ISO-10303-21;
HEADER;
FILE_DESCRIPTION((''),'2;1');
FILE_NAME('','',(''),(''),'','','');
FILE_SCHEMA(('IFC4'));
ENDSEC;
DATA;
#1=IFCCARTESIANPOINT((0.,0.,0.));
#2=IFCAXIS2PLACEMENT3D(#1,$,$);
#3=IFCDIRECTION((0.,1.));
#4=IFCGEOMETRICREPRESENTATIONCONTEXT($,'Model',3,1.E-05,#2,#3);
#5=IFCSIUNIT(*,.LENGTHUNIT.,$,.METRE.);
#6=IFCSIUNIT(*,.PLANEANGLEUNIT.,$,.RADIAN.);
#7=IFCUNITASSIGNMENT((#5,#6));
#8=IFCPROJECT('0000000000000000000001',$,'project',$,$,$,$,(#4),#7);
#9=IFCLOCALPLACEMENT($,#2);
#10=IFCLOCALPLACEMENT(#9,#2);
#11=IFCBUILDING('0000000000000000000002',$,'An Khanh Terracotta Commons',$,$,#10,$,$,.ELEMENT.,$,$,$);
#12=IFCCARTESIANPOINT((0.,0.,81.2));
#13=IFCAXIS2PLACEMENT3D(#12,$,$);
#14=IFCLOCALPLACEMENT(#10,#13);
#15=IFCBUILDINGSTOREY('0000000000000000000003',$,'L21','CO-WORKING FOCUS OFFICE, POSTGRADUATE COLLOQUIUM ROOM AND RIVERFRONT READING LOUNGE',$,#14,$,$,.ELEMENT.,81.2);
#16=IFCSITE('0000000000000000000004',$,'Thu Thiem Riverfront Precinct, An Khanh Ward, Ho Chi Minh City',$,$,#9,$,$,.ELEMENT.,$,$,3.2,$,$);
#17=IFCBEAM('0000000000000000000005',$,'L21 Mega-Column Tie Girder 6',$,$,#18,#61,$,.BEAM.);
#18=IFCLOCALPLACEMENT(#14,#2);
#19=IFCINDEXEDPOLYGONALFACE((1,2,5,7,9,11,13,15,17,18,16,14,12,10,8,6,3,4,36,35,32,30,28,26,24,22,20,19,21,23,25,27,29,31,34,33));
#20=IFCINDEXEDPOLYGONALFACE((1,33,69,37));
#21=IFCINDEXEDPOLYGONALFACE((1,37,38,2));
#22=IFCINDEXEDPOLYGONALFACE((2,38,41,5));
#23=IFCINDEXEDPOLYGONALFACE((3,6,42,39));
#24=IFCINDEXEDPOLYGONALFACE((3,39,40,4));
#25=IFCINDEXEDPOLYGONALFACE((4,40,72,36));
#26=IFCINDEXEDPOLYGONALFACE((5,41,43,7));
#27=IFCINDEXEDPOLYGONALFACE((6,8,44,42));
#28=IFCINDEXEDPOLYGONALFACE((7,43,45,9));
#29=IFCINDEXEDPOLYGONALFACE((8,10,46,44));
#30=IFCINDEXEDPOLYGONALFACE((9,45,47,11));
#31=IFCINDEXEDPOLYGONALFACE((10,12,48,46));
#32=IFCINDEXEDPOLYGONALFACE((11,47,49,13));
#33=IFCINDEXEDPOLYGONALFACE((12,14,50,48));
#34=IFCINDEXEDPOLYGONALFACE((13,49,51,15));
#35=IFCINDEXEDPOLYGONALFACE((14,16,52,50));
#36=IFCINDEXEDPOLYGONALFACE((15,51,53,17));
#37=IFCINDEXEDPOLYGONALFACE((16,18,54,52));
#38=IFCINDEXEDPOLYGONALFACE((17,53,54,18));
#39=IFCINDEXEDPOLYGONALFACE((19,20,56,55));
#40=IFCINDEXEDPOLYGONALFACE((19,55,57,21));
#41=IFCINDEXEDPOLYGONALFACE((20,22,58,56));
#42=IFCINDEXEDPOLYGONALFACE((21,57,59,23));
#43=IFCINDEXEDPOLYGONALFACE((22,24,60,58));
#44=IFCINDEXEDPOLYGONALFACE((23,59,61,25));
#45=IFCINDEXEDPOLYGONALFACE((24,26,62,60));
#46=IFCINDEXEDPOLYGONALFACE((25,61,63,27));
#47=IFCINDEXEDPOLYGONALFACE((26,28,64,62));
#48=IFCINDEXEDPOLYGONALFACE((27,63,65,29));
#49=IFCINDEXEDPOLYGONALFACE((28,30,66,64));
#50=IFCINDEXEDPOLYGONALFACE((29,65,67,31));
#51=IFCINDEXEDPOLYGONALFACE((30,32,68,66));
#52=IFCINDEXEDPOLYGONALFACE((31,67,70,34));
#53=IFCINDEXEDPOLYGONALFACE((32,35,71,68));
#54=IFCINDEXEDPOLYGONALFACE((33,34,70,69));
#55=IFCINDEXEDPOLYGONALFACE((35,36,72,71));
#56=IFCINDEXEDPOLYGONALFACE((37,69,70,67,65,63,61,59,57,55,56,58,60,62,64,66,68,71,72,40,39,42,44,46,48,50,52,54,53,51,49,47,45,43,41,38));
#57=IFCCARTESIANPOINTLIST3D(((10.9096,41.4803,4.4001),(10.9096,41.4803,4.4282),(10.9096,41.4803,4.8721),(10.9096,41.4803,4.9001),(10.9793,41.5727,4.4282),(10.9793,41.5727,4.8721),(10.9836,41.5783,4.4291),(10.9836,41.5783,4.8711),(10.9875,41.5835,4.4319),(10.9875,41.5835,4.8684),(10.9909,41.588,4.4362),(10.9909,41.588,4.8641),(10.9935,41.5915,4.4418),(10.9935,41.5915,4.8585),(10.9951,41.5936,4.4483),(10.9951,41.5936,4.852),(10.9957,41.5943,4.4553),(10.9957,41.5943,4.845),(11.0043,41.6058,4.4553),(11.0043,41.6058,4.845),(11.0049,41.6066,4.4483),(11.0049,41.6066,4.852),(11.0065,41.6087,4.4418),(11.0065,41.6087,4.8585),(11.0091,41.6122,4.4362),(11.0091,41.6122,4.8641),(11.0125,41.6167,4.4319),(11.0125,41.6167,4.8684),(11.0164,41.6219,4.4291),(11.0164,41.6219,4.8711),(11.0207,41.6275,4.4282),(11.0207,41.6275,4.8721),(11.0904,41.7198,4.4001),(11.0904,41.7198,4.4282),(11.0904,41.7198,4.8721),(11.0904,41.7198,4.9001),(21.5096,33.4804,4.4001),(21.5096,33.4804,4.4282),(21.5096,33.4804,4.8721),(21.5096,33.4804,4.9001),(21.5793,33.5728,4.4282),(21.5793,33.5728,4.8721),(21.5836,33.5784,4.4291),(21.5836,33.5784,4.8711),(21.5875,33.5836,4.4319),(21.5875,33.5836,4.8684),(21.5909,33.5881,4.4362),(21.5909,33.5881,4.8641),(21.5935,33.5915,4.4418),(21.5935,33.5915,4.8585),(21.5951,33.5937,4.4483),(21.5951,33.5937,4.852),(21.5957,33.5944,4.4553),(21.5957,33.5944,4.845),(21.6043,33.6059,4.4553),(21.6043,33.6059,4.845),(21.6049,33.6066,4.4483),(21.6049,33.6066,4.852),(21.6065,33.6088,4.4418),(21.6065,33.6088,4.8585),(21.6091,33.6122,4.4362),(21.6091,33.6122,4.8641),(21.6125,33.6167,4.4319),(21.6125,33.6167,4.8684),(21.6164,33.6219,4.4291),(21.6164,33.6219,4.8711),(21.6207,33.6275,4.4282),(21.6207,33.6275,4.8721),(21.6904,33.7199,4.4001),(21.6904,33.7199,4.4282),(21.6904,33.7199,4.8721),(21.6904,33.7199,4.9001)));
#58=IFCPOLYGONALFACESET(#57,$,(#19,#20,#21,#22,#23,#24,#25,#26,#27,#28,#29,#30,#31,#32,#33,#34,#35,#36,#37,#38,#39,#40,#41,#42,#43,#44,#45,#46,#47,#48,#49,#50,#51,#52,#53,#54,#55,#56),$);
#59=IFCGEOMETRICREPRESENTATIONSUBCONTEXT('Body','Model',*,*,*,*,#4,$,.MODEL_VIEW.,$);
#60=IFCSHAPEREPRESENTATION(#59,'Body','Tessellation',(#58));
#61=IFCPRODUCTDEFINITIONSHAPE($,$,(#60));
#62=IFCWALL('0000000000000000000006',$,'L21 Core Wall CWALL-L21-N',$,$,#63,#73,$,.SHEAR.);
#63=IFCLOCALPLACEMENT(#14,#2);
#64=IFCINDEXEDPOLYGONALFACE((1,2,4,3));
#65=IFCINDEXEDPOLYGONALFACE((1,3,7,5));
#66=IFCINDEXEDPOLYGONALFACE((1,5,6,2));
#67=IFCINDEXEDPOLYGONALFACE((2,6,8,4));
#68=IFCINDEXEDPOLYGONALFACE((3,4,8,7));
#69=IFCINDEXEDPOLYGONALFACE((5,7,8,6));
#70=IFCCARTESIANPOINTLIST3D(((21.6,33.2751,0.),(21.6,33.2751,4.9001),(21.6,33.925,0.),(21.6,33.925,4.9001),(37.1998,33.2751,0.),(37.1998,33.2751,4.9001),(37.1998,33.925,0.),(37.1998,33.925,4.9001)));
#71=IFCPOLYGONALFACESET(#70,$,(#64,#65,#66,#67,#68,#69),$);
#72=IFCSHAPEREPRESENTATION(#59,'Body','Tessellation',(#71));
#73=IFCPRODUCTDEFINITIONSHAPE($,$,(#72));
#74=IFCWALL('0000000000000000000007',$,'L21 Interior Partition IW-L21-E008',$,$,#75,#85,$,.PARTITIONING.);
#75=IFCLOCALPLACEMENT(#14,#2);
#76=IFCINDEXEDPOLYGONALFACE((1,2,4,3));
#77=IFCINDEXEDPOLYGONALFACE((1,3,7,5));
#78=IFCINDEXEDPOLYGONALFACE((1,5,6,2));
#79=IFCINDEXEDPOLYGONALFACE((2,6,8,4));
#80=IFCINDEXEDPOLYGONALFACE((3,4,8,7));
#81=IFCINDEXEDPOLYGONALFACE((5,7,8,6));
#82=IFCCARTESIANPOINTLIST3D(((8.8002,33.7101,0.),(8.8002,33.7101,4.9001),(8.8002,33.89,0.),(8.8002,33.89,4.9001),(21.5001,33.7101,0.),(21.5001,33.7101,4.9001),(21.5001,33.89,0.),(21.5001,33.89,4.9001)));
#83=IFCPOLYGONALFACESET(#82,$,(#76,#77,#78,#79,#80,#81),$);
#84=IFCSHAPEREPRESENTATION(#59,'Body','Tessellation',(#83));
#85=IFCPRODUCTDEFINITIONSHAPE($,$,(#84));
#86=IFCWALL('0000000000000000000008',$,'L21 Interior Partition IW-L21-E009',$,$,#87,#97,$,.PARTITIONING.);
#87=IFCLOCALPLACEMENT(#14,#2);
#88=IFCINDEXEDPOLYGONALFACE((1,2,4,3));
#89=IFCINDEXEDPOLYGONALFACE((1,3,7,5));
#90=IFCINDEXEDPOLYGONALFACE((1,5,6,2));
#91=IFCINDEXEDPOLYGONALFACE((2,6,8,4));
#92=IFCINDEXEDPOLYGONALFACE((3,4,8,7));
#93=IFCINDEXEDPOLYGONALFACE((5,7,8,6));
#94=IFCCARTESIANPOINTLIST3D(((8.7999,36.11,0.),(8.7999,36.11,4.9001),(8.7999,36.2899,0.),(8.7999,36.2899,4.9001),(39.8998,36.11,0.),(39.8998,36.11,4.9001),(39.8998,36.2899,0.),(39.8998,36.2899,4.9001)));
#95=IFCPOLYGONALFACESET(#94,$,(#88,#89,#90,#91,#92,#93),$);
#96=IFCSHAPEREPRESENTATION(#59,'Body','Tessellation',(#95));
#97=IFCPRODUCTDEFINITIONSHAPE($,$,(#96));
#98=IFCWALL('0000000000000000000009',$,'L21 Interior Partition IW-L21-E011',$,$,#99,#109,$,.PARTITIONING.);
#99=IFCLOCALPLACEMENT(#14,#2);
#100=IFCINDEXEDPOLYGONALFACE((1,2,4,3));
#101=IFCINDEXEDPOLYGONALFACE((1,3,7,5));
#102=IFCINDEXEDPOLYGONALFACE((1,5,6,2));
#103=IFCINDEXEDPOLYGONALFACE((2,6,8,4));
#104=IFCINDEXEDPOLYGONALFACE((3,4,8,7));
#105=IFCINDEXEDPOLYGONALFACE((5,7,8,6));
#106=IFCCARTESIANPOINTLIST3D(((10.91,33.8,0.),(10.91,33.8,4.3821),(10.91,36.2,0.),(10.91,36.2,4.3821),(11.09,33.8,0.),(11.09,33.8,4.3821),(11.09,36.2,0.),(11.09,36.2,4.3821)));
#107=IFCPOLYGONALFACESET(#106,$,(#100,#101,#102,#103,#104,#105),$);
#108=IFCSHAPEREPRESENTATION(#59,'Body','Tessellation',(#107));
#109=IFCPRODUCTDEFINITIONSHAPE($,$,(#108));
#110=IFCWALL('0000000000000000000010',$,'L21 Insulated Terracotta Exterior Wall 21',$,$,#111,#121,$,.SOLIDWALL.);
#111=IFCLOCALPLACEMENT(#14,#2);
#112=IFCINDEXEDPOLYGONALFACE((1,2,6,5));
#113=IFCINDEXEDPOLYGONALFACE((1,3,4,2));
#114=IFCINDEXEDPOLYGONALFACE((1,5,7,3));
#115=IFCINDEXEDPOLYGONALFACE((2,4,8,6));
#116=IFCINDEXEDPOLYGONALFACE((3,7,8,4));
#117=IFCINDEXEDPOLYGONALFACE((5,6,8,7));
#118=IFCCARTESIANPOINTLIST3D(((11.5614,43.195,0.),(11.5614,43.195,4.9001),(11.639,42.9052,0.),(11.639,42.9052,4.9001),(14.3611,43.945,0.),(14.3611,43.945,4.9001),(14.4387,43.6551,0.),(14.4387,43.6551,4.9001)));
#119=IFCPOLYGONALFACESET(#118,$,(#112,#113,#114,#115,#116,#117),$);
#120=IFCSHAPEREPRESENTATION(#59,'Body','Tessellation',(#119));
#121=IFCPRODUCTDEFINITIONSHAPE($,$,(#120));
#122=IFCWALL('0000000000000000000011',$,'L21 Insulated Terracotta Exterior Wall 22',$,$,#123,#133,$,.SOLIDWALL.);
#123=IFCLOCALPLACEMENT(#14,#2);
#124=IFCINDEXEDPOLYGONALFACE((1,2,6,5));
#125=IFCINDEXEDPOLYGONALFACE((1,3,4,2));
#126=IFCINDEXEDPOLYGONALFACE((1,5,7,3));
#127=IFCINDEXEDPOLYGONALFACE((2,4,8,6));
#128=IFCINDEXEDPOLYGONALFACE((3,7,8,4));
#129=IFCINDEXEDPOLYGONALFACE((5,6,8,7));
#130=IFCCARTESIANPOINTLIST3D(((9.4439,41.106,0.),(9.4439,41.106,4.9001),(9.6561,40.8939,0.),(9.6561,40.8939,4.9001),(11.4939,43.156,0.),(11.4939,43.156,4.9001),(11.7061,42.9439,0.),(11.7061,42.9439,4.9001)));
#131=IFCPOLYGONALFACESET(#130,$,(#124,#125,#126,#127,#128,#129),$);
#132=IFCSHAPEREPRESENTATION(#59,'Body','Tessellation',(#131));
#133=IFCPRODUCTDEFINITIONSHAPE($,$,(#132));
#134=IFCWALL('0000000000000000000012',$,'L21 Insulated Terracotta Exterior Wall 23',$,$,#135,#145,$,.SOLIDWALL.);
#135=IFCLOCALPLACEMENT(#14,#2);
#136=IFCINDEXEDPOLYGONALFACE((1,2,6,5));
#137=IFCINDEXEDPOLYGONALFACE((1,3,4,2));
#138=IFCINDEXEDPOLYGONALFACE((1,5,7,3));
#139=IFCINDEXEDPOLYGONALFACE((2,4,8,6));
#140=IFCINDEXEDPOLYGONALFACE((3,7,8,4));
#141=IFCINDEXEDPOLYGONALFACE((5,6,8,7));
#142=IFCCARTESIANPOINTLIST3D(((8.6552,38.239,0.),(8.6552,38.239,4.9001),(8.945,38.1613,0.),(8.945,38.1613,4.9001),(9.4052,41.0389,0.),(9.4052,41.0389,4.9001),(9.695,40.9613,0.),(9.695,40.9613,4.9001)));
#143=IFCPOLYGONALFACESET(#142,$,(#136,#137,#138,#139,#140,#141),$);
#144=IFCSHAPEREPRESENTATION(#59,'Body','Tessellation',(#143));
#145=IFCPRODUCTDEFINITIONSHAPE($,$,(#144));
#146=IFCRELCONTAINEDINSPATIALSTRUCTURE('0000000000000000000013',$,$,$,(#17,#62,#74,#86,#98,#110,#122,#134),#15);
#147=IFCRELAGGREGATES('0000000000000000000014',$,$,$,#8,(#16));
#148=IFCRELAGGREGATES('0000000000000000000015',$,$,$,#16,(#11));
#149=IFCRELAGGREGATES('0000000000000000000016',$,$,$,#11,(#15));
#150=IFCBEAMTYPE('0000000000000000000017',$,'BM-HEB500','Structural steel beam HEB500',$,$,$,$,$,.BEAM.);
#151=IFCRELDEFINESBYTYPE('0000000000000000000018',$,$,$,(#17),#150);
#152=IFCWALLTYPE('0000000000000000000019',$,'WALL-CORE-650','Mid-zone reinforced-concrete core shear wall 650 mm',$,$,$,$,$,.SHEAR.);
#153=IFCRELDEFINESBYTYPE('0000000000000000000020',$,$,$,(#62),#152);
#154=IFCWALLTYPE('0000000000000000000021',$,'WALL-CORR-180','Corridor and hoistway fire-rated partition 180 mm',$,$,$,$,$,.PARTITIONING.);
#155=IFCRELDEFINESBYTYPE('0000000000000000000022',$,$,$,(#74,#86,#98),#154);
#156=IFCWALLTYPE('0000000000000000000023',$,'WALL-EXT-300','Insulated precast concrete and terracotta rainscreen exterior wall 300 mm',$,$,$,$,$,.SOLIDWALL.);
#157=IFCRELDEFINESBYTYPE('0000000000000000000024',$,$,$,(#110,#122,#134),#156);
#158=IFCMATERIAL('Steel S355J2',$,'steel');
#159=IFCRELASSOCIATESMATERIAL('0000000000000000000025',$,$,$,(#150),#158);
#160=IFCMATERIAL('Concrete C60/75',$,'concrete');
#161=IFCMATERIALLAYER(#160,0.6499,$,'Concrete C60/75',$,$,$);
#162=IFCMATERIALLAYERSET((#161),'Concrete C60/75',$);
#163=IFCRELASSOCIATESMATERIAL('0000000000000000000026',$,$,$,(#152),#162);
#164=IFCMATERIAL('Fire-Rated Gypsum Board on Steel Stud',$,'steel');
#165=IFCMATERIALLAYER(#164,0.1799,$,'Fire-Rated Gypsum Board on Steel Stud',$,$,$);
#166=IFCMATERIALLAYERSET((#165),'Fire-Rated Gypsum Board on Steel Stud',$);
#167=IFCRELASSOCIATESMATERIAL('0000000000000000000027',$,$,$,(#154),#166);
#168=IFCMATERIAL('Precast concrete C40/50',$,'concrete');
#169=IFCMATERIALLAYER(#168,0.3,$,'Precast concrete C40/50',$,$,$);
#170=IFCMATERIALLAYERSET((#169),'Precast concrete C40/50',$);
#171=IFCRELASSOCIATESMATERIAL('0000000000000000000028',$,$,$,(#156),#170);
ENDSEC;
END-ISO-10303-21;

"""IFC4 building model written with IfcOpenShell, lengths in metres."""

from ifc_helpers import new_model, si_unit, direction, frame, frame_2d, origin, origin_2d, place, context, subcontext, project, spatial, rectangle, i_section, extrude, material, layer, layer_set, material_profile, profile_set, type_object, element, save


model = new_model("IFC4")

# Units and contexts
model_context = context("Model", 3, precision=1e-05, world=origin(), true_north=direction((0.0, 1.0)))
body_context = subcontext(model_context, "Body", "Model", "MODEL_VIEW")
ifc_project = project(units=[si_unit("LENGTHUNIT", "METRE"), si_unit("PLANEANGLEUNIT", "RADIAN")], contexts=[model_context])

# Site, building, storey
site_placement = place(None, origin())
site = spatial("IfcSite", under=ifc_project, at=site_placement, Name="Thu Thiem Riverfront Precinct, An Khanh Ward, Ho Chi Minh City", CompositionType="ELEMENT", RefElevation=3.2)
building_placement = place(site_placement, origin())
building = spatial("IfcBuilding", under=site, at=building_placement, Name="An Khanh Terracotta Commons", CompositionType="ELEMENT")
storey_placement = place(building_placement, frame((0.0, 0.0, 81.2)))
storey = spatial("IfcBuildingStorey", under=building, at=storey_placement, Name="L21", Description="CO-WORKING FOCUS OFFICE, POSTGRADUATE COLLOQUIUM ROOM AND RIVERFRONT READING LOUNGE", CompositionType="ELEMENT", Elevation=81.2)

# Beam
ifc_material_1 = material(Name="Steel S355J2", Category="steel")
ifc_material_profile_1 = material_profile(ifc_material_1, i_section(OverallWidth=0.3, OverallDepth=0.5, WebThickness=0.0144, FlangeThickness=0.0281, FilletRadius=0.0271, at=origin_2d()), Name="HEB500")
ifc_profile_set_1 = profile_set([ifc_material_profile_1], Name="Steel S355J2")
beam_type = type_object("IfcBeamType", Name="BM-HEB500", Description="Structural steel beam HEB500", PredefinedType="BEAM", material=ifc_profile_set_1)
beam_1_placement = place(storey_placement, frame((11.0, 41.6001, 4.6501), z_axis=(0.798192, -0.602403, 0.0), x_axis=(0.602403, 0.798192, 0.0)))
element("IfcBeam", 1, at=beam_1_placement, inside=storey, type_object=beam_type, Name="L21 Mega-Column Tie Girder 6", PredefinedType="BEAM", context=body_context, shape_type="SweptSolid", body=[
    extrude(i_section(OverallWidth=0.3, OverallDepth=0.5, WebThickness=0.0144, FlangeThickness=0.0281, FilletRadius=0.0271, at=origin_2d()), origin(), (0.0, 0.0, 1.0), 13.28),
])

# Walls
ifc_material_2 = material(Name="Concrete C60/75", Category="concrete")
ifc_layer_1 = layer(ifc_material_2, 0.6499, Name="Concrete C60/75")
ifc_layer_set_1 = layer_set([ifc_layer_1], Name="Concrete C60/75")
wall_type_1 = type_object("IfcWallType", Name="WALL-CORE-650", Description="Mid-zone reinforced-concrete core shear wall 650 mm", PredefinedType="SHEAR", material=ifc_layer_set_1)
wall_1_placement = place(storey_placement, frame((21.6001, 33.6001, 0.0), z_axis=(0.0, 0.0, 1.0), x_axis=(1.0, 0.0, 0.0)))
element("IfcWall", 2, at=wall_1_placement, inside=storey, type_object=wall_type_1, Name="L21 Core Wall CWALL-L21-N", PredefinedType="SHEAR", context=body_context, shape_type="SweptSolid", body=[
    extrude(rectangle(XDim=15.5999, YDim=0.6499, at=frame_2d((7.7998, 0.0))), origin(), (0.0, 0.0, 1.0), 4.9001),
])
ifc_material_3 = material(Name="Fire-Rated Gypsum Board on Steel Stud", Category="steel")
ifc_layer_2 = layer(ifc_material_3, 0.1799, Name="Fire-Rated Gypsum Board on Steel Stud")
ifc_layer_set_2 = layer_set([ifc_layer_2], Name="Fire-Rated Gypsum Board on Steel Stud")
wall_type_2 = type_object("IfcWallType", Name="WALL-CORR-180", Description="Corridor and hoistway fire-rated partition 180 mm", PredefinedType="PARTITIONING", material=ifc_layer_set_2)
wall_2_placement = place(storey_placement, frame((8.8, 33.8, 0.0), z_axis=(0.0, 0.0, 1.0), x_axis=(1.0, 0.0, 0.0)))
element("IfcWall", 3, at=wall_2_placement, inside=storey, type_object=wall_type_2, Name="L21 Interior Partition IW-L21-E008", PredefinedType="PARTITIONING", context=body_context, shape_type="SweptSolid", body=[
    extrude(rectangle(XDim=12.7, YDim=0.1799, at=frame_2d((6.3501, 0.0))), origin(), (0.0, 0.0, 1.0), 4.9001),
])
wall_3_placement = place(storey_placement, frame((8.8, 36.2, 0.0), z_axis=(0.0, 0.0, 1.0), x_axis=(1.0, 0.0, 0.0)))
element("IfcWall", 4, at=wall_3_placement, inside=storey, type_object=wall_type_2, Name="L21 Interior Partition IW-L21-E009", PredefinedType="PARTITIONING", context=body_context, shape_type="SweptSolid", body=[
    extrude(rectangle(XDim=31.0999, YDim=0.1799, at=frame_2d((15.5498, 0.0))), origin(), (0.0, 0.0, 1.0), 4.9001),
])
wall_4_placement = place(storey_placement, frame((11.0, 33.8, 0.0), z_axis=(0.0, 0.0, 1.0), x_axis=(0.0, 1.0, 0.0)))
element("IfcWall", 5, at=wall_4_placement, inside=storey, type_object=wall_type_2, Name="L21 Interior Partition IW-L21-E011", PredefinedType="PARTITIONING", context=body_context, shape_type="SweptSolid", body=[
    extrude(rectangle(XDim=2.3999, YDim=0.1799, at=frame_2d((1.2, 0.0))), origin(), (0.0, 0.0, 1.0), 4.3821),
])
ifc_material_4 = material(Name="Precast concrete C40/50", Category="concrete")
ifc_layer_3 = layer(ifc_material_4, 0.3, Name="Precast concrete C40/50")
ifc_layer_set_3 = layer_set([ifc_layer_3], Name="Precast concrete C40/50")
wall_type_3 = type_object("IfcWallType", Name="WALL-EXT-300", Description="Insulated precast concrete and terracotta rainscreen exterior wall 300 mm", PredefinedType="SOLIDWALL", material=ifc_layer_set_3)
wall_5_placement = place(storey_placement, frame((14.3999, 43.8, 0.0), z_axis=(0.0, 0.0, 1.0), x_axis=(-0.965944, -0.258753, 0.0)))
element("IfcWall", 6, at=wall_5_placement, inside=storey, type_object=wall_type_3, Name="L21 Insulated Terracotta Exterior Wall 21", PredefinedType="SOLIDWALL", context=body_context, shape_type="SweptSolid", body=[
    extrude(rectangle(XDim=2.8984, YDim=0.3, at=frame_2d((1.4492, 0.0))), origin(), (0.0, 0.0, 1.0), 4.9001),
])
wall_6_placement = place(storey_placement, frame((11.6001, 43.05, 0.0), z_axis=(0.0, 0.0, 1.0), x_axis=(-0.707107, -0.707107, 0.0)))
element("IfcWall", 7, at=wall_6_placement, inside=storey, type_object=wall_type_3, Name="L21 Insulated Terracotta Exterior Wall 22", PredefinedType="SOLIDWALL", context=body_context, shape_type="SweptSolid", body=[
    extrude(rectangle(XDim=2.8992, YDim=0.3, at=frame_2d((1.4497, 0.0))), origin(), (0.0, 0.0, 1.0), 4.9001),
])
wall_7_placement = place(storey_placement, frame((9.55, 41.0, 0.0), z_axis=(0.0, 0.0, 1.0), x_axis=(-0.258732, -0.965949, 0.0)))
element("IfcWall", 8, at=wall_7_placement, inside=storey, type_object=wall_type_3, Name="L21 Insulated Terracotta Exterior Wall 23", PredefinedType="SOLIDWALL", context=body_context, shape_type="SweptSolid", body=[
    extrude(rectangle(XDim=2.8987, YDim=0.3, at=frame_2d((1.4492, 0.0))), origin(), (0.0, 0.0, 1.0), 4.9001),
])

save(model, "model.ifc")
